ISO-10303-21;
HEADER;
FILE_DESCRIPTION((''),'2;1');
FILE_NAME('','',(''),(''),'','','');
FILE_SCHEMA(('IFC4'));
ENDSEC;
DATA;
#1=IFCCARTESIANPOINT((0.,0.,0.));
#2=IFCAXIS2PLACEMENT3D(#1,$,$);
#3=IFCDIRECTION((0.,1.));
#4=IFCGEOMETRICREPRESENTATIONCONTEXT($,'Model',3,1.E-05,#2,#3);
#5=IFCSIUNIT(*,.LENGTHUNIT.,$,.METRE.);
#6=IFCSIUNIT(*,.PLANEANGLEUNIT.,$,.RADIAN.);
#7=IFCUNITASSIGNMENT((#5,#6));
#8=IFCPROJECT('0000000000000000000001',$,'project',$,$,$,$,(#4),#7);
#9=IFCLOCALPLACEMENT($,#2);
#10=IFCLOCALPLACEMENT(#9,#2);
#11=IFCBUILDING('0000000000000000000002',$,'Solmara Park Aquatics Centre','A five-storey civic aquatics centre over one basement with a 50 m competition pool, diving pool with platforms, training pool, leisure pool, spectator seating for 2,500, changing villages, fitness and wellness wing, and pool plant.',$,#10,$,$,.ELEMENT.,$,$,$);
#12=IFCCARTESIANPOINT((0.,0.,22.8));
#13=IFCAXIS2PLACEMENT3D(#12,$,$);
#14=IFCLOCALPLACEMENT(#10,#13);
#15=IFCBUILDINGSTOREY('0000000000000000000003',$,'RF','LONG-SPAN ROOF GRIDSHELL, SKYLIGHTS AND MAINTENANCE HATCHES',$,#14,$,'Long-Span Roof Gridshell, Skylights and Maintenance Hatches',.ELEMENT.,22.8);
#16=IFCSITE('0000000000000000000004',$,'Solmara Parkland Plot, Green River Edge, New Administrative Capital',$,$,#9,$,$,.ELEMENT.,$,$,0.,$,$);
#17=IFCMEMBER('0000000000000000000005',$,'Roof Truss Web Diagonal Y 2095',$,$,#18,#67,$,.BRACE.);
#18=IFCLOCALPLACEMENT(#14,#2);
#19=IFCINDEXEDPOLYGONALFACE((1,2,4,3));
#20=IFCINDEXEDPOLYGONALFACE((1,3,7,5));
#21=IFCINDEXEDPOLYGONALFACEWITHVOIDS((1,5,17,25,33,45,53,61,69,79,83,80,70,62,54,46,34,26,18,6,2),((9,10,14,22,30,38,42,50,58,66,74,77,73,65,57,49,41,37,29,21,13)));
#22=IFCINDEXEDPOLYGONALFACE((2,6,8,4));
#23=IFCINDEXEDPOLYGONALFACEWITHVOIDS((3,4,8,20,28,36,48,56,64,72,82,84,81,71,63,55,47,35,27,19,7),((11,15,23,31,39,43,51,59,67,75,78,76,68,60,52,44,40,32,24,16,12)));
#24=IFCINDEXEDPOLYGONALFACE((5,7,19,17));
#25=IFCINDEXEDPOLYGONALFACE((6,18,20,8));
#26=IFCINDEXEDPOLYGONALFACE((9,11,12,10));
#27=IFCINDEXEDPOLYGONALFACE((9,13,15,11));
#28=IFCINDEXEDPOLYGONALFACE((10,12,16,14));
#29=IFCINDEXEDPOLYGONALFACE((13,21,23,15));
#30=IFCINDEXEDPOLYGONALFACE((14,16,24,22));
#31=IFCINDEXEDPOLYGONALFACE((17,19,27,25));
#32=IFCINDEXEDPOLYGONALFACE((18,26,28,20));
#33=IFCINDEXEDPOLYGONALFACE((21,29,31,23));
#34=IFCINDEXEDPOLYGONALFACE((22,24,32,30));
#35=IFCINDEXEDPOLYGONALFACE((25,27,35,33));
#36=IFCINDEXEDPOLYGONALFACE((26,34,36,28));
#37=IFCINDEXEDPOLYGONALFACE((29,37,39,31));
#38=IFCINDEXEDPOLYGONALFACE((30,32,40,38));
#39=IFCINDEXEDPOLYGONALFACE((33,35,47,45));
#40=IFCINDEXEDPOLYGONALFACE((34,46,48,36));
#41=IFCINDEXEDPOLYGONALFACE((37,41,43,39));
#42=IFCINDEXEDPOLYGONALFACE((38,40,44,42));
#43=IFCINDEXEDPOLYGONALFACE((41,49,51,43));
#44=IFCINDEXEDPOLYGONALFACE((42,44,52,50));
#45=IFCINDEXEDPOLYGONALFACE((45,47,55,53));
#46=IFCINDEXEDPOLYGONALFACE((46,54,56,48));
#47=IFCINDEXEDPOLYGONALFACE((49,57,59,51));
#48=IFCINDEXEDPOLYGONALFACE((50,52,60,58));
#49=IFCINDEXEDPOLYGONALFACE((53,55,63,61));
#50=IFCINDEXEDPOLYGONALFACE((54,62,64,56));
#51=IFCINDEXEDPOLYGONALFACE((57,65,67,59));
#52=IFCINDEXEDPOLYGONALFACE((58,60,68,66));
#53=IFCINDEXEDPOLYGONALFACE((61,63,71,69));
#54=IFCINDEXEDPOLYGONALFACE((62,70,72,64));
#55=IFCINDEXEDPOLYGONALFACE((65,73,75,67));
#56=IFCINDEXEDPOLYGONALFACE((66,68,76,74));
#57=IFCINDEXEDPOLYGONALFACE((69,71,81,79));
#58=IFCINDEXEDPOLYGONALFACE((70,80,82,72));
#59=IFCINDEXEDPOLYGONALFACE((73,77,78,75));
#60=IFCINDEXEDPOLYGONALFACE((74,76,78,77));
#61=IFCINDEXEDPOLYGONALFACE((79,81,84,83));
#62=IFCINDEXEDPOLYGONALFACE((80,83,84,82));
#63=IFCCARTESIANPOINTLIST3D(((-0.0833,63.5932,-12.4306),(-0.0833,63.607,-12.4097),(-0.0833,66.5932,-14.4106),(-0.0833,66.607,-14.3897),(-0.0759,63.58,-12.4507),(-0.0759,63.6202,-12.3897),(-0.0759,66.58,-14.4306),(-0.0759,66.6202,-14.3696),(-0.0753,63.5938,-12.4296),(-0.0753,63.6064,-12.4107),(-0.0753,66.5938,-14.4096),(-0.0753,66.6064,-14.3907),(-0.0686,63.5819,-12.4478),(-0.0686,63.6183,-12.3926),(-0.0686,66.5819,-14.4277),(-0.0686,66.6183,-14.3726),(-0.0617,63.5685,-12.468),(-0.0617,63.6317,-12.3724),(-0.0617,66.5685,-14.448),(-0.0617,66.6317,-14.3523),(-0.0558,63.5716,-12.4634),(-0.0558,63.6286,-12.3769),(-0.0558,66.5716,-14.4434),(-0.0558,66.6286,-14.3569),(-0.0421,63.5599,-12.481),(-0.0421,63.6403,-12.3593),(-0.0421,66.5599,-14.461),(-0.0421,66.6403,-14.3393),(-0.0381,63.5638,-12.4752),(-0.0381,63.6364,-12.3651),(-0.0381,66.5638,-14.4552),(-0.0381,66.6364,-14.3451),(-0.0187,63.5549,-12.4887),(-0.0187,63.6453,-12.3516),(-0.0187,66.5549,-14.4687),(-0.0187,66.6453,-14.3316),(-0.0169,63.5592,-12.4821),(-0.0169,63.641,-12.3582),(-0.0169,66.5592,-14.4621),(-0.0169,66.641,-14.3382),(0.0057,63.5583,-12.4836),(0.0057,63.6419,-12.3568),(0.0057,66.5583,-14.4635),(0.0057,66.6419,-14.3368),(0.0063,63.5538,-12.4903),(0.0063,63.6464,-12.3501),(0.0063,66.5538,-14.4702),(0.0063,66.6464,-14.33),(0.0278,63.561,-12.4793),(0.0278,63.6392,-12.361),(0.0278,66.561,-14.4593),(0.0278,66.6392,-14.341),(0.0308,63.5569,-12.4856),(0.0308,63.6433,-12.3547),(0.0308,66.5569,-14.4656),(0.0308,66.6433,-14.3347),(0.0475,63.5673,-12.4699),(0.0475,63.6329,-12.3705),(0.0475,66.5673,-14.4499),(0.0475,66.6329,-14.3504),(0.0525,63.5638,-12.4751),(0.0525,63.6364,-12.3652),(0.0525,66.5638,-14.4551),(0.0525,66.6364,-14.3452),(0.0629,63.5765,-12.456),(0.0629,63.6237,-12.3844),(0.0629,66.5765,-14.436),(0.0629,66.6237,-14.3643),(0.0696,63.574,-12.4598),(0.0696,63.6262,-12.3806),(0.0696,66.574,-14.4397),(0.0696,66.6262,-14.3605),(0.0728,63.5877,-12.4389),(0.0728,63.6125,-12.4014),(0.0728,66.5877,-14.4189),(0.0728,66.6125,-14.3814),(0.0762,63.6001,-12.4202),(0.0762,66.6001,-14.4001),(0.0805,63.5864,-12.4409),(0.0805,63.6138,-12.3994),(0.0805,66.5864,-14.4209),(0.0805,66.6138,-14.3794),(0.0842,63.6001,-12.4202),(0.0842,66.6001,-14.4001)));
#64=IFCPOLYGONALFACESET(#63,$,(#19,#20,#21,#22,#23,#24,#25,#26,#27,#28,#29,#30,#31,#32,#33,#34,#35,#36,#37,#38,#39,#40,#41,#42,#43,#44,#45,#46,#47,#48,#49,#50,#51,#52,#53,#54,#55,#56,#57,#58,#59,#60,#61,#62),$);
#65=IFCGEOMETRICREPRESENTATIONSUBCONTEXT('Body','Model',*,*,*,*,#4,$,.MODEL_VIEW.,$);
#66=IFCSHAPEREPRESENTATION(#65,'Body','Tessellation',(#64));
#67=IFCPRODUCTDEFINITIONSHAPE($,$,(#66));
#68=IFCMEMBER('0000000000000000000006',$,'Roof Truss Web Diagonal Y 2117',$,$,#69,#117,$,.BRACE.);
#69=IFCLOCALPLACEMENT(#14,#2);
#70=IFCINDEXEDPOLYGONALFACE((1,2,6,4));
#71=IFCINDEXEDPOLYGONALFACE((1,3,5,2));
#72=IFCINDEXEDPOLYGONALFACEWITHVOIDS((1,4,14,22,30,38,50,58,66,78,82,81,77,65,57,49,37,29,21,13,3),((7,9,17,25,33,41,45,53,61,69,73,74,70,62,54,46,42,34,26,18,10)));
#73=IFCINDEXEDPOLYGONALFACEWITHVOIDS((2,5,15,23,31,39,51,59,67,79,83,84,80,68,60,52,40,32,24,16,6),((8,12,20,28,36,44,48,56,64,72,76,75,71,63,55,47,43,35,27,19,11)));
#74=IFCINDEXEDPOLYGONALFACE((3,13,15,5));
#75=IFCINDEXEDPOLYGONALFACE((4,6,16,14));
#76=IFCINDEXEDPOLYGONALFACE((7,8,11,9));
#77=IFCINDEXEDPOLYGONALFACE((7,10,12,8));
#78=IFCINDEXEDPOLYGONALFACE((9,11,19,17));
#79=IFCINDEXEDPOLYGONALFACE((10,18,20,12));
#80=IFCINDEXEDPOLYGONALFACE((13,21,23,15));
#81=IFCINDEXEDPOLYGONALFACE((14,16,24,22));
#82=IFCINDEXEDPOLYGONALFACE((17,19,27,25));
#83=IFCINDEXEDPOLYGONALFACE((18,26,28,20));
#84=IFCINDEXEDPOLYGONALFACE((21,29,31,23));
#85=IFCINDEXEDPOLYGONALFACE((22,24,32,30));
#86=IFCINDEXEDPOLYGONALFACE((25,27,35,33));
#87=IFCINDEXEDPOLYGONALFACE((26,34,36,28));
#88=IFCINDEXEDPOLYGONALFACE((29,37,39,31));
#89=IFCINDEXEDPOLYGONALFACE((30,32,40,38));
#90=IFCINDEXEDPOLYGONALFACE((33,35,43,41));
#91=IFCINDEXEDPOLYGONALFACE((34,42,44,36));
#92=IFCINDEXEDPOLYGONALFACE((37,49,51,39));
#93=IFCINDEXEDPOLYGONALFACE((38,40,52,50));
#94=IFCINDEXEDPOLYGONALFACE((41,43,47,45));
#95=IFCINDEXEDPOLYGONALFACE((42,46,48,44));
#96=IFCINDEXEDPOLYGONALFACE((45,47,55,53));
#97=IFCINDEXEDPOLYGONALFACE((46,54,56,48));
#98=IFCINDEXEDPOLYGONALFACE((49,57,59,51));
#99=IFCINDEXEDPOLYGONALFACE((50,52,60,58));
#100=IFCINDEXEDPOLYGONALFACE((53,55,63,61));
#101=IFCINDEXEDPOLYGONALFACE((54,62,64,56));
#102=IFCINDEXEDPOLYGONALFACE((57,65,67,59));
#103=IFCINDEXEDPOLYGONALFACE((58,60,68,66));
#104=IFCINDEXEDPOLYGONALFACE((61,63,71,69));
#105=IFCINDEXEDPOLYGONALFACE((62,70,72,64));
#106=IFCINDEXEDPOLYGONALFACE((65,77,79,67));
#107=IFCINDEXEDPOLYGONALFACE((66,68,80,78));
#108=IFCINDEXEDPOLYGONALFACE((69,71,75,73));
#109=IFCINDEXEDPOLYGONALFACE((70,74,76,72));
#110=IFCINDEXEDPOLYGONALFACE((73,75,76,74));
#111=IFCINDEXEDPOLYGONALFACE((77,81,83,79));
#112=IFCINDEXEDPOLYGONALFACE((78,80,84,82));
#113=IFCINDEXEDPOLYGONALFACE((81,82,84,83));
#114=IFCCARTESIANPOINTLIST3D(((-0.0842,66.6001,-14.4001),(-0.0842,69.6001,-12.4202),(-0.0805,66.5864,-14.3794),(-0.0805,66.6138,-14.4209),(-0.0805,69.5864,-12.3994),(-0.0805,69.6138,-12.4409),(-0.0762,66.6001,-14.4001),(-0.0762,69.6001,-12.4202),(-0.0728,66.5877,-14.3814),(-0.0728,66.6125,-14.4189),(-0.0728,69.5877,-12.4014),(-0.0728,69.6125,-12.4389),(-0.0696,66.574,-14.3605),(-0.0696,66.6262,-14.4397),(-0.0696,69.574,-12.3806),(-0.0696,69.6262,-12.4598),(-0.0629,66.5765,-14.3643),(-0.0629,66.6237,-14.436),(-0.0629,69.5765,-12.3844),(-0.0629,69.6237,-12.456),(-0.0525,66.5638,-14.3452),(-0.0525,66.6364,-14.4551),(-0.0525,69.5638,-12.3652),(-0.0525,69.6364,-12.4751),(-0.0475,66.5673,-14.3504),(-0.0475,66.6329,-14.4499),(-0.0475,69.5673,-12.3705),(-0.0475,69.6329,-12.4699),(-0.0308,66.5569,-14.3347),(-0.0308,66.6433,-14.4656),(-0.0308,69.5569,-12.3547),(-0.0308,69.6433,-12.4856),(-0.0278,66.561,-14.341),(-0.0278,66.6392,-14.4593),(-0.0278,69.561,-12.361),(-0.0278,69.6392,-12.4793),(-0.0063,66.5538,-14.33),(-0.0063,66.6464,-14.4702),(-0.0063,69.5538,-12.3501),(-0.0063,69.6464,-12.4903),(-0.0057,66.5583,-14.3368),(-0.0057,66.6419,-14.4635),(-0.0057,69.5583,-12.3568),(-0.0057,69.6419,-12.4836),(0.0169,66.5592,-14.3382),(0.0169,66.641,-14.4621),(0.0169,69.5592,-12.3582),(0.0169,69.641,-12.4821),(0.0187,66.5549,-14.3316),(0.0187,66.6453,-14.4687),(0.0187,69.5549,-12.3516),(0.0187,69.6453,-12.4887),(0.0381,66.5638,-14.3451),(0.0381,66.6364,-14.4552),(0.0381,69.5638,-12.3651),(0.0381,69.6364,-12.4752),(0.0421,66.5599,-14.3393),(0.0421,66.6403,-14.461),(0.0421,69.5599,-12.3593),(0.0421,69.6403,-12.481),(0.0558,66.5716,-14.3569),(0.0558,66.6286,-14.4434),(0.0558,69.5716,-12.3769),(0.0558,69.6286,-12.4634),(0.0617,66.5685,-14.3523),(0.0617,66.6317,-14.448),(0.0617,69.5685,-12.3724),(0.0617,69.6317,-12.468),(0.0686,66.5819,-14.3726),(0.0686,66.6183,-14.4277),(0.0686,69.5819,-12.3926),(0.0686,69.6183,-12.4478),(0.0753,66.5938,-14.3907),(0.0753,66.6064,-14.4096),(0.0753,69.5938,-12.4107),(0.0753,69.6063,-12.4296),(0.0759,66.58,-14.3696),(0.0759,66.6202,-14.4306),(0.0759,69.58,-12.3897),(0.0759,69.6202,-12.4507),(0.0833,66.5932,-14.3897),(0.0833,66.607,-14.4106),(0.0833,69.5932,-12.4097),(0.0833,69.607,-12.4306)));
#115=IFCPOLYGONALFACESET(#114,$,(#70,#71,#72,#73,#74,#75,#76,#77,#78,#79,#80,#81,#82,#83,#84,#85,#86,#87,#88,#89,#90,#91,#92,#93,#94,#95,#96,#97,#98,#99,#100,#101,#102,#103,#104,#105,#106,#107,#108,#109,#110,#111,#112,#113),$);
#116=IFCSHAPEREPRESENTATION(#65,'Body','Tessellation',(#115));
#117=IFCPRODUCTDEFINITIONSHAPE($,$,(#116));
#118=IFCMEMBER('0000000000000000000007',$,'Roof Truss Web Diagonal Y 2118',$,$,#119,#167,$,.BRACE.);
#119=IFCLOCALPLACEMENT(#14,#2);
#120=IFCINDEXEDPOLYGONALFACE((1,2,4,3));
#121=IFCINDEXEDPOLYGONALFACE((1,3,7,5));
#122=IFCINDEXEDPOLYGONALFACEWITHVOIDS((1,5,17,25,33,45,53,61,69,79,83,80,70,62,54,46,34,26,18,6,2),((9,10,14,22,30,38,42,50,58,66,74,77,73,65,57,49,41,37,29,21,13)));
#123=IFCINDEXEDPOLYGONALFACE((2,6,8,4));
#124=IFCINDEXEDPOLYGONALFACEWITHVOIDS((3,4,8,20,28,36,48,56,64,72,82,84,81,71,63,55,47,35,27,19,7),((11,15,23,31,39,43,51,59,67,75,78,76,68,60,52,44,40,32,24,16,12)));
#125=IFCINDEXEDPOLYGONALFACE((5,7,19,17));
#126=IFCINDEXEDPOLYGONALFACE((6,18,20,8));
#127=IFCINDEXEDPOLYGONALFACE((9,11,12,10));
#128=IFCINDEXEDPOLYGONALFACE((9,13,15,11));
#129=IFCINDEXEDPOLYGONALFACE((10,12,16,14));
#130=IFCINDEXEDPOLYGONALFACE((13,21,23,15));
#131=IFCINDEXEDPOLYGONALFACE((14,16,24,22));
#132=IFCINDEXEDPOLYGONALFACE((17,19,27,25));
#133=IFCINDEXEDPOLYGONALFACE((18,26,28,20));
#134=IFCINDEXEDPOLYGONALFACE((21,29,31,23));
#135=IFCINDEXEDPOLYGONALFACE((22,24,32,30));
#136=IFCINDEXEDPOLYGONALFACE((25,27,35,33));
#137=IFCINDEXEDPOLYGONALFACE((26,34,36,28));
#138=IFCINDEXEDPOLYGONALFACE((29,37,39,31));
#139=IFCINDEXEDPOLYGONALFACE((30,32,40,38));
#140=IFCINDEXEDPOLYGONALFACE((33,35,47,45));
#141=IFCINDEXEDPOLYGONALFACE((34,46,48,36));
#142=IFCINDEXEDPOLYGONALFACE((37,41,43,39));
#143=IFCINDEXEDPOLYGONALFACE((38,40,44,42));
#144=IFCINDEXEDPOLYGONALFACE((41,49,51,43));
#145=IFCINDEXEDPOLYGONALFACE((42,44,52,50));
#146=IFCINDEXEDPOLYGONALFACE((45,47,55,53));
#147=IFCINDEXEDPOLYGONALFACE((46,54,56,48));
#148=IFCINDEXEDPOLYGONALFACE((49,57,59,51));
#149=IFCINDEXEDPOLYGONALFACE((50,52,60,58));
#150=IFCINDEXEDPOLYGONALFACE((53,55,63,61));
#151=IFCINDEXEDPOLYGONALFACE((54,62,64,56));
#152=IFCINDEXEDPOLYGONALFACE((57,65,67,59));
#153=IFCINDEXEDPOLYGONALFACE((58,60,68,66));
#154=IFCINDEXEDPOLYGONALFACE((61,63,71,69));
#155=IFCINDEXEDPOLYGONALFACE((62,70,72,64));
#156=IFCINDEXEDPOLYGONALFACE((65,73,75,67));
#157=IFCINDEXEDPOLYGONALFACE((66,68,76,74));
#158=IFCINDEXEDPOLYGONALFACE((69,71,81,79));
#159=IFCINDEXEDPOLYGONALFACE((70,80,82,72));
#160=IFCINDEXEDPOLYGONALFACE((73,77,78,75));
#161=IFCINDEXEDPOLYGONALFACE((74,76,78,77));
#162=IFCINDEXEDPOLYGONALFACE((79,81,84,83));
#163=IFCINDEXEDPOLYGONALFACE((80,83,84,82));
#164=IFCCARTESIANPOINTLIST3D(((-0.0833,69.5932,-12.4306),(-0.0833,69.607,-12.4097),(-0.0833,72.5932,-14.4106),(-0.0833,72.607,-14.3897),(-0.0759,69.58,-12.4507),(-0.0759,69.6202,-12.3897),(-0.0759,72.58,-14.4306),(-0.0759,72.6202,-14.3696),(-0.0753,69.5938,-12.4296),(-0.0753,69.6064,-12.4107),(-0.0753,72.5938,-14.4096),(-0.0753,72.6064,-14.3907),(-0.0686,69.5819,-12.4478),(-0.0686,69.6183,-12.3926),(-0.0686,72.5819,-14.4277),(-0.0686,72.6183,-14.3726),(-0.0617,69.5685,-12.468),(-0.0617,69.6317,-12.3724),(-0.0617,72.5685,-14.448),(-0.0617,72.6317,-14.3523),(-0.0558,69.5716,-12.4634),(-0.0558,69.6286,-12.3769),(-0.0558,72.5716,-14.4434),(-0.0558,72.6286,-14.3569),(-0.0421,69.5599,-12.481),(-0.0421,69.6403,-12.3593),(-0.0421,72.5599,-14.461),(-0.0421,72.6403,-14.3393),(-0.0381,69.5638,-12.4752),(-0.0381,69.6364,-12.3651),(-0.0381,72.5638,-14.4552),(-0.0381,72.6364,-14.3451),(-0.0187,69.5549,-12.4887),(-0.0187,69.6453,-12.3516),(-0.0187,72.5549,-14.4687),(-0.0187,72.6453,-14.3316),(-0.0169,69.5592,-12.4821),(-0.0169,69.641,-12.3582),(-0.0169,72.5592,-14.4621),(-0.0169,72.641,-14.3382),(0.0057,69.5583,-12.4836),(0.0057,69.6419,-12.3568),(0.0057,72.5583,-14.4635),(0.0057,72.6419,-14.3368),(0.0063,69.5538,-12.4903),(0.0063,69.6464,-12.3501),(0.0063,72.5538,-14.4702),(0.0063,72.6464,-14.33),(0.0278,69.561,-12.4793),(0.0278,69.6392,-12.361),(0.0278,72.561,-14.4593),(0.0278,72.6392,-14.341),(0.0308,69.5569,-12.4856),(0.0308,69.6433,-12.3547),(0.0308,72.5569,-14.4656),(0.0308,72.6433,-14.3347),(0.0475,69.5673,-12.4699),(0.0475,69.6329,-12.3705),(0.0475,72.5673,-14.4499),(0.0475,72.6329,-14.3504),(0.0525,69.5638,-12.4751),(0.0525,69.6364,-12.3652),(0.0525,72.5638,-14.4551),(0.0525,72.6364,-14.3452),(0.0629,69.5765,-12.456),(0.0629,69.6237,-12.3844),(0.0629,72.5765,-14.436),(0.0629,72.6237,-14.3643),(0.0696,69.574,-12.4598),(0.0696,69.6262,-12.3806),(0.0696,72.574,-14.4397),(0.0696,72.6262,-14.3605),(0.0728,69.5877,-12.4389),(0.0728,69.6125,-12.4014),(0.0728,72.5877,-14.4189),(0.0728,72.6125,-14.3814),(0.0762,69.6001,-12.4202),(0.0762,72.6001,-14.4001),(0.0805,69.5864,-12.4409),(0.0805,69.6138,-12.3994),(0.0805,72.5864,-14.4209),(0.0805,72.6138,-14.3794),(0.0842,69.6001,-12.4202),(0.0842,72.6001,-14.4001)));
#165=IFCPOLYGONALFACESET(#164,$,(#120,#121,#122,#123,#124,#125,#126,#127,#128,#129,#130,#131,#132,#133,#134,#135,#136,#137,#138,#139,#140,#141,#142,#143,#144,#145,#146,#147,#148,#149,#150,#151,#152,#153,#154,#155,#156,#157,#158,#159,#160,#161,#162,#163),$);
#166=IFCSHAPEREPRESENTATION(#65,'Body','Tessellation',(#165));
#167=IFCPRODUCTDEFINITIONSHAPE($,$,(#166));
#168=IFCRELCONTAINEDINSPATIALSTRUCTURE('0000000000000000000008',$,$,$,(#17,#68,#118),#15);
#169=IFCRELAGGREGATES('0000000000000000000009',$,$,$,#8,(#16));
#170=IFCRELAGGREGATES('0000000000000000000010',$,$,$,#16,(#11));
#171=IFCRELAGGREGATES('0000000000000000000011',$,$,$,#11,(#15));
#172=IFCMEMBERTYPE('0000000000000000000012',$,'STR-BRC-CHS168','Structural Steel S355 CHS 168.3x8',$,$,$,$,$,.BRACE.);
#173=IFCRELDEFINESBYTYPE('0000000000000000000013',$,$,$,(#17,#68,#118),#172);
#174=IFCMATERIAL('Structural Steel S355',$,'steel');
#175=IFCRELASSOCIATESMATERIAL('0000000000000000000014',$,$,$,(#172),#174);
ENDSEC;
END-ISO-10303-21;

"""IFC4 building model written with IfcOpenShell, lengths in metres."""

from ifc_helpers import new_model, si_unit, direction, frame, origin, origin_2d, place, context, subcontext, project, spatial, hollow_circle, extrude, material, material_profile, profile_set, type_object, element, save


model = new_model("IFC4")

# Units and contexts
model_context = context("Model", 3, precision=1e-05, world=origin(), true_north=direction((0.0, 1.0)))
body_context = subcontext(model_context, "Body", "Model", "MODEL_VIEW")
ifc_project = project(units=[si_unit("LENGTHUNIT", "METRE"), si_unit("PLANEANGLEUNIT", "RADIAN")], contexts=[model_context])

# Site, building, storey
site_placement = place(None, origin())
site = spatial("IfcSite", under=ifc_project, at=site_placement, Name="Solmara Parkland Plot, Green River Edge, New Administrative Capital", CompositionType="ELEMENT", RefElevation=0.0)
building_placement = place(site_placement, origin())
building = spatial("IfcBuilding", under=site, at=building_placement, Name="Solmara Park Aquatics Centre", Description="A five-storey civic aquatics centre over one basement with a 50 m competition pool, diving pool with platforms, training pool, leisure pool, spectator seating for 2,500, changing villages, fitness and wellness wing, and pool plant.", CompositionType="ELEMENT")
storey_placement = place(building_placement, frame((0.0, 0.0, 22.8)))
storey = spatial("IfcBuildingStorey", under=building, at=storey_placement, Name="RF", Description="LONG-SPAN ROOF GRIDSHELL, SKYLIGHTS AND MAINTENANCE HATCHES", LongName="Long-Span Roof Gridshell, Skylights and Maintenance Hatches", CompositionType="ELEMENT", Elevation=22.8)

# Members
ifc_material_1 = material(Name="Structural Steel S355", Category="steel")
ifc_material_profile_1 = material_profile(ifc_material_1, hollow_circle(Radius=0.0842, WallThickness=0.0081, at=origin_2d()), Name="CHS 168.3x8")
ifc_profile_set_1 = profile_set([ifc_material_profile_1], Name="Structural Steel S355")
member_type_1 = type_object("IfcMemberType", Name="STR-BRC-CHS168", Description="Structural Steel S355 CHS 168.3x8", PredefinedType="BRACE", material=ifc_profile_set_1)
for number, where, z_axis, x_axis, name in (
    (1, (0.0, 66.6001, -14.4001), (0.0, -0.834612, 0.550838), (1.0, 0.0, 0.0), "Roof Truss Web Diagonal Y 2095"),
    (2, (0.0, 66.6001, -14.4001), (0.0, 0.834612, 0.550838), (-1.0, 0.0, 0.0), "Roof Truss Web Diagonal Y 2117"),
    (3, (0.0, 72.6001, -14.4001), (0.0, -0.834612, 0.550838), (1.0, 0.0, 0.0), "Roof Truss Web Diagonal Y 2118"),
):
    element("IfcMember", number, at=place(storey_placement, frame(where, z_axis=z_axis, x_axis=x_axis)), inside=storey, type_object=member_type_1, Name=name, PredefinedType="BRACE", context=body_context, shape_type="SweptSolid", body=[
        extrude(hollow_circle(Radius=0.0842, WallThickness=0.0081, at=origin_2d()), origin(), (0.0, 0.0, 1.0), 3.5945),
    ])

save(model, "model.ifc")
